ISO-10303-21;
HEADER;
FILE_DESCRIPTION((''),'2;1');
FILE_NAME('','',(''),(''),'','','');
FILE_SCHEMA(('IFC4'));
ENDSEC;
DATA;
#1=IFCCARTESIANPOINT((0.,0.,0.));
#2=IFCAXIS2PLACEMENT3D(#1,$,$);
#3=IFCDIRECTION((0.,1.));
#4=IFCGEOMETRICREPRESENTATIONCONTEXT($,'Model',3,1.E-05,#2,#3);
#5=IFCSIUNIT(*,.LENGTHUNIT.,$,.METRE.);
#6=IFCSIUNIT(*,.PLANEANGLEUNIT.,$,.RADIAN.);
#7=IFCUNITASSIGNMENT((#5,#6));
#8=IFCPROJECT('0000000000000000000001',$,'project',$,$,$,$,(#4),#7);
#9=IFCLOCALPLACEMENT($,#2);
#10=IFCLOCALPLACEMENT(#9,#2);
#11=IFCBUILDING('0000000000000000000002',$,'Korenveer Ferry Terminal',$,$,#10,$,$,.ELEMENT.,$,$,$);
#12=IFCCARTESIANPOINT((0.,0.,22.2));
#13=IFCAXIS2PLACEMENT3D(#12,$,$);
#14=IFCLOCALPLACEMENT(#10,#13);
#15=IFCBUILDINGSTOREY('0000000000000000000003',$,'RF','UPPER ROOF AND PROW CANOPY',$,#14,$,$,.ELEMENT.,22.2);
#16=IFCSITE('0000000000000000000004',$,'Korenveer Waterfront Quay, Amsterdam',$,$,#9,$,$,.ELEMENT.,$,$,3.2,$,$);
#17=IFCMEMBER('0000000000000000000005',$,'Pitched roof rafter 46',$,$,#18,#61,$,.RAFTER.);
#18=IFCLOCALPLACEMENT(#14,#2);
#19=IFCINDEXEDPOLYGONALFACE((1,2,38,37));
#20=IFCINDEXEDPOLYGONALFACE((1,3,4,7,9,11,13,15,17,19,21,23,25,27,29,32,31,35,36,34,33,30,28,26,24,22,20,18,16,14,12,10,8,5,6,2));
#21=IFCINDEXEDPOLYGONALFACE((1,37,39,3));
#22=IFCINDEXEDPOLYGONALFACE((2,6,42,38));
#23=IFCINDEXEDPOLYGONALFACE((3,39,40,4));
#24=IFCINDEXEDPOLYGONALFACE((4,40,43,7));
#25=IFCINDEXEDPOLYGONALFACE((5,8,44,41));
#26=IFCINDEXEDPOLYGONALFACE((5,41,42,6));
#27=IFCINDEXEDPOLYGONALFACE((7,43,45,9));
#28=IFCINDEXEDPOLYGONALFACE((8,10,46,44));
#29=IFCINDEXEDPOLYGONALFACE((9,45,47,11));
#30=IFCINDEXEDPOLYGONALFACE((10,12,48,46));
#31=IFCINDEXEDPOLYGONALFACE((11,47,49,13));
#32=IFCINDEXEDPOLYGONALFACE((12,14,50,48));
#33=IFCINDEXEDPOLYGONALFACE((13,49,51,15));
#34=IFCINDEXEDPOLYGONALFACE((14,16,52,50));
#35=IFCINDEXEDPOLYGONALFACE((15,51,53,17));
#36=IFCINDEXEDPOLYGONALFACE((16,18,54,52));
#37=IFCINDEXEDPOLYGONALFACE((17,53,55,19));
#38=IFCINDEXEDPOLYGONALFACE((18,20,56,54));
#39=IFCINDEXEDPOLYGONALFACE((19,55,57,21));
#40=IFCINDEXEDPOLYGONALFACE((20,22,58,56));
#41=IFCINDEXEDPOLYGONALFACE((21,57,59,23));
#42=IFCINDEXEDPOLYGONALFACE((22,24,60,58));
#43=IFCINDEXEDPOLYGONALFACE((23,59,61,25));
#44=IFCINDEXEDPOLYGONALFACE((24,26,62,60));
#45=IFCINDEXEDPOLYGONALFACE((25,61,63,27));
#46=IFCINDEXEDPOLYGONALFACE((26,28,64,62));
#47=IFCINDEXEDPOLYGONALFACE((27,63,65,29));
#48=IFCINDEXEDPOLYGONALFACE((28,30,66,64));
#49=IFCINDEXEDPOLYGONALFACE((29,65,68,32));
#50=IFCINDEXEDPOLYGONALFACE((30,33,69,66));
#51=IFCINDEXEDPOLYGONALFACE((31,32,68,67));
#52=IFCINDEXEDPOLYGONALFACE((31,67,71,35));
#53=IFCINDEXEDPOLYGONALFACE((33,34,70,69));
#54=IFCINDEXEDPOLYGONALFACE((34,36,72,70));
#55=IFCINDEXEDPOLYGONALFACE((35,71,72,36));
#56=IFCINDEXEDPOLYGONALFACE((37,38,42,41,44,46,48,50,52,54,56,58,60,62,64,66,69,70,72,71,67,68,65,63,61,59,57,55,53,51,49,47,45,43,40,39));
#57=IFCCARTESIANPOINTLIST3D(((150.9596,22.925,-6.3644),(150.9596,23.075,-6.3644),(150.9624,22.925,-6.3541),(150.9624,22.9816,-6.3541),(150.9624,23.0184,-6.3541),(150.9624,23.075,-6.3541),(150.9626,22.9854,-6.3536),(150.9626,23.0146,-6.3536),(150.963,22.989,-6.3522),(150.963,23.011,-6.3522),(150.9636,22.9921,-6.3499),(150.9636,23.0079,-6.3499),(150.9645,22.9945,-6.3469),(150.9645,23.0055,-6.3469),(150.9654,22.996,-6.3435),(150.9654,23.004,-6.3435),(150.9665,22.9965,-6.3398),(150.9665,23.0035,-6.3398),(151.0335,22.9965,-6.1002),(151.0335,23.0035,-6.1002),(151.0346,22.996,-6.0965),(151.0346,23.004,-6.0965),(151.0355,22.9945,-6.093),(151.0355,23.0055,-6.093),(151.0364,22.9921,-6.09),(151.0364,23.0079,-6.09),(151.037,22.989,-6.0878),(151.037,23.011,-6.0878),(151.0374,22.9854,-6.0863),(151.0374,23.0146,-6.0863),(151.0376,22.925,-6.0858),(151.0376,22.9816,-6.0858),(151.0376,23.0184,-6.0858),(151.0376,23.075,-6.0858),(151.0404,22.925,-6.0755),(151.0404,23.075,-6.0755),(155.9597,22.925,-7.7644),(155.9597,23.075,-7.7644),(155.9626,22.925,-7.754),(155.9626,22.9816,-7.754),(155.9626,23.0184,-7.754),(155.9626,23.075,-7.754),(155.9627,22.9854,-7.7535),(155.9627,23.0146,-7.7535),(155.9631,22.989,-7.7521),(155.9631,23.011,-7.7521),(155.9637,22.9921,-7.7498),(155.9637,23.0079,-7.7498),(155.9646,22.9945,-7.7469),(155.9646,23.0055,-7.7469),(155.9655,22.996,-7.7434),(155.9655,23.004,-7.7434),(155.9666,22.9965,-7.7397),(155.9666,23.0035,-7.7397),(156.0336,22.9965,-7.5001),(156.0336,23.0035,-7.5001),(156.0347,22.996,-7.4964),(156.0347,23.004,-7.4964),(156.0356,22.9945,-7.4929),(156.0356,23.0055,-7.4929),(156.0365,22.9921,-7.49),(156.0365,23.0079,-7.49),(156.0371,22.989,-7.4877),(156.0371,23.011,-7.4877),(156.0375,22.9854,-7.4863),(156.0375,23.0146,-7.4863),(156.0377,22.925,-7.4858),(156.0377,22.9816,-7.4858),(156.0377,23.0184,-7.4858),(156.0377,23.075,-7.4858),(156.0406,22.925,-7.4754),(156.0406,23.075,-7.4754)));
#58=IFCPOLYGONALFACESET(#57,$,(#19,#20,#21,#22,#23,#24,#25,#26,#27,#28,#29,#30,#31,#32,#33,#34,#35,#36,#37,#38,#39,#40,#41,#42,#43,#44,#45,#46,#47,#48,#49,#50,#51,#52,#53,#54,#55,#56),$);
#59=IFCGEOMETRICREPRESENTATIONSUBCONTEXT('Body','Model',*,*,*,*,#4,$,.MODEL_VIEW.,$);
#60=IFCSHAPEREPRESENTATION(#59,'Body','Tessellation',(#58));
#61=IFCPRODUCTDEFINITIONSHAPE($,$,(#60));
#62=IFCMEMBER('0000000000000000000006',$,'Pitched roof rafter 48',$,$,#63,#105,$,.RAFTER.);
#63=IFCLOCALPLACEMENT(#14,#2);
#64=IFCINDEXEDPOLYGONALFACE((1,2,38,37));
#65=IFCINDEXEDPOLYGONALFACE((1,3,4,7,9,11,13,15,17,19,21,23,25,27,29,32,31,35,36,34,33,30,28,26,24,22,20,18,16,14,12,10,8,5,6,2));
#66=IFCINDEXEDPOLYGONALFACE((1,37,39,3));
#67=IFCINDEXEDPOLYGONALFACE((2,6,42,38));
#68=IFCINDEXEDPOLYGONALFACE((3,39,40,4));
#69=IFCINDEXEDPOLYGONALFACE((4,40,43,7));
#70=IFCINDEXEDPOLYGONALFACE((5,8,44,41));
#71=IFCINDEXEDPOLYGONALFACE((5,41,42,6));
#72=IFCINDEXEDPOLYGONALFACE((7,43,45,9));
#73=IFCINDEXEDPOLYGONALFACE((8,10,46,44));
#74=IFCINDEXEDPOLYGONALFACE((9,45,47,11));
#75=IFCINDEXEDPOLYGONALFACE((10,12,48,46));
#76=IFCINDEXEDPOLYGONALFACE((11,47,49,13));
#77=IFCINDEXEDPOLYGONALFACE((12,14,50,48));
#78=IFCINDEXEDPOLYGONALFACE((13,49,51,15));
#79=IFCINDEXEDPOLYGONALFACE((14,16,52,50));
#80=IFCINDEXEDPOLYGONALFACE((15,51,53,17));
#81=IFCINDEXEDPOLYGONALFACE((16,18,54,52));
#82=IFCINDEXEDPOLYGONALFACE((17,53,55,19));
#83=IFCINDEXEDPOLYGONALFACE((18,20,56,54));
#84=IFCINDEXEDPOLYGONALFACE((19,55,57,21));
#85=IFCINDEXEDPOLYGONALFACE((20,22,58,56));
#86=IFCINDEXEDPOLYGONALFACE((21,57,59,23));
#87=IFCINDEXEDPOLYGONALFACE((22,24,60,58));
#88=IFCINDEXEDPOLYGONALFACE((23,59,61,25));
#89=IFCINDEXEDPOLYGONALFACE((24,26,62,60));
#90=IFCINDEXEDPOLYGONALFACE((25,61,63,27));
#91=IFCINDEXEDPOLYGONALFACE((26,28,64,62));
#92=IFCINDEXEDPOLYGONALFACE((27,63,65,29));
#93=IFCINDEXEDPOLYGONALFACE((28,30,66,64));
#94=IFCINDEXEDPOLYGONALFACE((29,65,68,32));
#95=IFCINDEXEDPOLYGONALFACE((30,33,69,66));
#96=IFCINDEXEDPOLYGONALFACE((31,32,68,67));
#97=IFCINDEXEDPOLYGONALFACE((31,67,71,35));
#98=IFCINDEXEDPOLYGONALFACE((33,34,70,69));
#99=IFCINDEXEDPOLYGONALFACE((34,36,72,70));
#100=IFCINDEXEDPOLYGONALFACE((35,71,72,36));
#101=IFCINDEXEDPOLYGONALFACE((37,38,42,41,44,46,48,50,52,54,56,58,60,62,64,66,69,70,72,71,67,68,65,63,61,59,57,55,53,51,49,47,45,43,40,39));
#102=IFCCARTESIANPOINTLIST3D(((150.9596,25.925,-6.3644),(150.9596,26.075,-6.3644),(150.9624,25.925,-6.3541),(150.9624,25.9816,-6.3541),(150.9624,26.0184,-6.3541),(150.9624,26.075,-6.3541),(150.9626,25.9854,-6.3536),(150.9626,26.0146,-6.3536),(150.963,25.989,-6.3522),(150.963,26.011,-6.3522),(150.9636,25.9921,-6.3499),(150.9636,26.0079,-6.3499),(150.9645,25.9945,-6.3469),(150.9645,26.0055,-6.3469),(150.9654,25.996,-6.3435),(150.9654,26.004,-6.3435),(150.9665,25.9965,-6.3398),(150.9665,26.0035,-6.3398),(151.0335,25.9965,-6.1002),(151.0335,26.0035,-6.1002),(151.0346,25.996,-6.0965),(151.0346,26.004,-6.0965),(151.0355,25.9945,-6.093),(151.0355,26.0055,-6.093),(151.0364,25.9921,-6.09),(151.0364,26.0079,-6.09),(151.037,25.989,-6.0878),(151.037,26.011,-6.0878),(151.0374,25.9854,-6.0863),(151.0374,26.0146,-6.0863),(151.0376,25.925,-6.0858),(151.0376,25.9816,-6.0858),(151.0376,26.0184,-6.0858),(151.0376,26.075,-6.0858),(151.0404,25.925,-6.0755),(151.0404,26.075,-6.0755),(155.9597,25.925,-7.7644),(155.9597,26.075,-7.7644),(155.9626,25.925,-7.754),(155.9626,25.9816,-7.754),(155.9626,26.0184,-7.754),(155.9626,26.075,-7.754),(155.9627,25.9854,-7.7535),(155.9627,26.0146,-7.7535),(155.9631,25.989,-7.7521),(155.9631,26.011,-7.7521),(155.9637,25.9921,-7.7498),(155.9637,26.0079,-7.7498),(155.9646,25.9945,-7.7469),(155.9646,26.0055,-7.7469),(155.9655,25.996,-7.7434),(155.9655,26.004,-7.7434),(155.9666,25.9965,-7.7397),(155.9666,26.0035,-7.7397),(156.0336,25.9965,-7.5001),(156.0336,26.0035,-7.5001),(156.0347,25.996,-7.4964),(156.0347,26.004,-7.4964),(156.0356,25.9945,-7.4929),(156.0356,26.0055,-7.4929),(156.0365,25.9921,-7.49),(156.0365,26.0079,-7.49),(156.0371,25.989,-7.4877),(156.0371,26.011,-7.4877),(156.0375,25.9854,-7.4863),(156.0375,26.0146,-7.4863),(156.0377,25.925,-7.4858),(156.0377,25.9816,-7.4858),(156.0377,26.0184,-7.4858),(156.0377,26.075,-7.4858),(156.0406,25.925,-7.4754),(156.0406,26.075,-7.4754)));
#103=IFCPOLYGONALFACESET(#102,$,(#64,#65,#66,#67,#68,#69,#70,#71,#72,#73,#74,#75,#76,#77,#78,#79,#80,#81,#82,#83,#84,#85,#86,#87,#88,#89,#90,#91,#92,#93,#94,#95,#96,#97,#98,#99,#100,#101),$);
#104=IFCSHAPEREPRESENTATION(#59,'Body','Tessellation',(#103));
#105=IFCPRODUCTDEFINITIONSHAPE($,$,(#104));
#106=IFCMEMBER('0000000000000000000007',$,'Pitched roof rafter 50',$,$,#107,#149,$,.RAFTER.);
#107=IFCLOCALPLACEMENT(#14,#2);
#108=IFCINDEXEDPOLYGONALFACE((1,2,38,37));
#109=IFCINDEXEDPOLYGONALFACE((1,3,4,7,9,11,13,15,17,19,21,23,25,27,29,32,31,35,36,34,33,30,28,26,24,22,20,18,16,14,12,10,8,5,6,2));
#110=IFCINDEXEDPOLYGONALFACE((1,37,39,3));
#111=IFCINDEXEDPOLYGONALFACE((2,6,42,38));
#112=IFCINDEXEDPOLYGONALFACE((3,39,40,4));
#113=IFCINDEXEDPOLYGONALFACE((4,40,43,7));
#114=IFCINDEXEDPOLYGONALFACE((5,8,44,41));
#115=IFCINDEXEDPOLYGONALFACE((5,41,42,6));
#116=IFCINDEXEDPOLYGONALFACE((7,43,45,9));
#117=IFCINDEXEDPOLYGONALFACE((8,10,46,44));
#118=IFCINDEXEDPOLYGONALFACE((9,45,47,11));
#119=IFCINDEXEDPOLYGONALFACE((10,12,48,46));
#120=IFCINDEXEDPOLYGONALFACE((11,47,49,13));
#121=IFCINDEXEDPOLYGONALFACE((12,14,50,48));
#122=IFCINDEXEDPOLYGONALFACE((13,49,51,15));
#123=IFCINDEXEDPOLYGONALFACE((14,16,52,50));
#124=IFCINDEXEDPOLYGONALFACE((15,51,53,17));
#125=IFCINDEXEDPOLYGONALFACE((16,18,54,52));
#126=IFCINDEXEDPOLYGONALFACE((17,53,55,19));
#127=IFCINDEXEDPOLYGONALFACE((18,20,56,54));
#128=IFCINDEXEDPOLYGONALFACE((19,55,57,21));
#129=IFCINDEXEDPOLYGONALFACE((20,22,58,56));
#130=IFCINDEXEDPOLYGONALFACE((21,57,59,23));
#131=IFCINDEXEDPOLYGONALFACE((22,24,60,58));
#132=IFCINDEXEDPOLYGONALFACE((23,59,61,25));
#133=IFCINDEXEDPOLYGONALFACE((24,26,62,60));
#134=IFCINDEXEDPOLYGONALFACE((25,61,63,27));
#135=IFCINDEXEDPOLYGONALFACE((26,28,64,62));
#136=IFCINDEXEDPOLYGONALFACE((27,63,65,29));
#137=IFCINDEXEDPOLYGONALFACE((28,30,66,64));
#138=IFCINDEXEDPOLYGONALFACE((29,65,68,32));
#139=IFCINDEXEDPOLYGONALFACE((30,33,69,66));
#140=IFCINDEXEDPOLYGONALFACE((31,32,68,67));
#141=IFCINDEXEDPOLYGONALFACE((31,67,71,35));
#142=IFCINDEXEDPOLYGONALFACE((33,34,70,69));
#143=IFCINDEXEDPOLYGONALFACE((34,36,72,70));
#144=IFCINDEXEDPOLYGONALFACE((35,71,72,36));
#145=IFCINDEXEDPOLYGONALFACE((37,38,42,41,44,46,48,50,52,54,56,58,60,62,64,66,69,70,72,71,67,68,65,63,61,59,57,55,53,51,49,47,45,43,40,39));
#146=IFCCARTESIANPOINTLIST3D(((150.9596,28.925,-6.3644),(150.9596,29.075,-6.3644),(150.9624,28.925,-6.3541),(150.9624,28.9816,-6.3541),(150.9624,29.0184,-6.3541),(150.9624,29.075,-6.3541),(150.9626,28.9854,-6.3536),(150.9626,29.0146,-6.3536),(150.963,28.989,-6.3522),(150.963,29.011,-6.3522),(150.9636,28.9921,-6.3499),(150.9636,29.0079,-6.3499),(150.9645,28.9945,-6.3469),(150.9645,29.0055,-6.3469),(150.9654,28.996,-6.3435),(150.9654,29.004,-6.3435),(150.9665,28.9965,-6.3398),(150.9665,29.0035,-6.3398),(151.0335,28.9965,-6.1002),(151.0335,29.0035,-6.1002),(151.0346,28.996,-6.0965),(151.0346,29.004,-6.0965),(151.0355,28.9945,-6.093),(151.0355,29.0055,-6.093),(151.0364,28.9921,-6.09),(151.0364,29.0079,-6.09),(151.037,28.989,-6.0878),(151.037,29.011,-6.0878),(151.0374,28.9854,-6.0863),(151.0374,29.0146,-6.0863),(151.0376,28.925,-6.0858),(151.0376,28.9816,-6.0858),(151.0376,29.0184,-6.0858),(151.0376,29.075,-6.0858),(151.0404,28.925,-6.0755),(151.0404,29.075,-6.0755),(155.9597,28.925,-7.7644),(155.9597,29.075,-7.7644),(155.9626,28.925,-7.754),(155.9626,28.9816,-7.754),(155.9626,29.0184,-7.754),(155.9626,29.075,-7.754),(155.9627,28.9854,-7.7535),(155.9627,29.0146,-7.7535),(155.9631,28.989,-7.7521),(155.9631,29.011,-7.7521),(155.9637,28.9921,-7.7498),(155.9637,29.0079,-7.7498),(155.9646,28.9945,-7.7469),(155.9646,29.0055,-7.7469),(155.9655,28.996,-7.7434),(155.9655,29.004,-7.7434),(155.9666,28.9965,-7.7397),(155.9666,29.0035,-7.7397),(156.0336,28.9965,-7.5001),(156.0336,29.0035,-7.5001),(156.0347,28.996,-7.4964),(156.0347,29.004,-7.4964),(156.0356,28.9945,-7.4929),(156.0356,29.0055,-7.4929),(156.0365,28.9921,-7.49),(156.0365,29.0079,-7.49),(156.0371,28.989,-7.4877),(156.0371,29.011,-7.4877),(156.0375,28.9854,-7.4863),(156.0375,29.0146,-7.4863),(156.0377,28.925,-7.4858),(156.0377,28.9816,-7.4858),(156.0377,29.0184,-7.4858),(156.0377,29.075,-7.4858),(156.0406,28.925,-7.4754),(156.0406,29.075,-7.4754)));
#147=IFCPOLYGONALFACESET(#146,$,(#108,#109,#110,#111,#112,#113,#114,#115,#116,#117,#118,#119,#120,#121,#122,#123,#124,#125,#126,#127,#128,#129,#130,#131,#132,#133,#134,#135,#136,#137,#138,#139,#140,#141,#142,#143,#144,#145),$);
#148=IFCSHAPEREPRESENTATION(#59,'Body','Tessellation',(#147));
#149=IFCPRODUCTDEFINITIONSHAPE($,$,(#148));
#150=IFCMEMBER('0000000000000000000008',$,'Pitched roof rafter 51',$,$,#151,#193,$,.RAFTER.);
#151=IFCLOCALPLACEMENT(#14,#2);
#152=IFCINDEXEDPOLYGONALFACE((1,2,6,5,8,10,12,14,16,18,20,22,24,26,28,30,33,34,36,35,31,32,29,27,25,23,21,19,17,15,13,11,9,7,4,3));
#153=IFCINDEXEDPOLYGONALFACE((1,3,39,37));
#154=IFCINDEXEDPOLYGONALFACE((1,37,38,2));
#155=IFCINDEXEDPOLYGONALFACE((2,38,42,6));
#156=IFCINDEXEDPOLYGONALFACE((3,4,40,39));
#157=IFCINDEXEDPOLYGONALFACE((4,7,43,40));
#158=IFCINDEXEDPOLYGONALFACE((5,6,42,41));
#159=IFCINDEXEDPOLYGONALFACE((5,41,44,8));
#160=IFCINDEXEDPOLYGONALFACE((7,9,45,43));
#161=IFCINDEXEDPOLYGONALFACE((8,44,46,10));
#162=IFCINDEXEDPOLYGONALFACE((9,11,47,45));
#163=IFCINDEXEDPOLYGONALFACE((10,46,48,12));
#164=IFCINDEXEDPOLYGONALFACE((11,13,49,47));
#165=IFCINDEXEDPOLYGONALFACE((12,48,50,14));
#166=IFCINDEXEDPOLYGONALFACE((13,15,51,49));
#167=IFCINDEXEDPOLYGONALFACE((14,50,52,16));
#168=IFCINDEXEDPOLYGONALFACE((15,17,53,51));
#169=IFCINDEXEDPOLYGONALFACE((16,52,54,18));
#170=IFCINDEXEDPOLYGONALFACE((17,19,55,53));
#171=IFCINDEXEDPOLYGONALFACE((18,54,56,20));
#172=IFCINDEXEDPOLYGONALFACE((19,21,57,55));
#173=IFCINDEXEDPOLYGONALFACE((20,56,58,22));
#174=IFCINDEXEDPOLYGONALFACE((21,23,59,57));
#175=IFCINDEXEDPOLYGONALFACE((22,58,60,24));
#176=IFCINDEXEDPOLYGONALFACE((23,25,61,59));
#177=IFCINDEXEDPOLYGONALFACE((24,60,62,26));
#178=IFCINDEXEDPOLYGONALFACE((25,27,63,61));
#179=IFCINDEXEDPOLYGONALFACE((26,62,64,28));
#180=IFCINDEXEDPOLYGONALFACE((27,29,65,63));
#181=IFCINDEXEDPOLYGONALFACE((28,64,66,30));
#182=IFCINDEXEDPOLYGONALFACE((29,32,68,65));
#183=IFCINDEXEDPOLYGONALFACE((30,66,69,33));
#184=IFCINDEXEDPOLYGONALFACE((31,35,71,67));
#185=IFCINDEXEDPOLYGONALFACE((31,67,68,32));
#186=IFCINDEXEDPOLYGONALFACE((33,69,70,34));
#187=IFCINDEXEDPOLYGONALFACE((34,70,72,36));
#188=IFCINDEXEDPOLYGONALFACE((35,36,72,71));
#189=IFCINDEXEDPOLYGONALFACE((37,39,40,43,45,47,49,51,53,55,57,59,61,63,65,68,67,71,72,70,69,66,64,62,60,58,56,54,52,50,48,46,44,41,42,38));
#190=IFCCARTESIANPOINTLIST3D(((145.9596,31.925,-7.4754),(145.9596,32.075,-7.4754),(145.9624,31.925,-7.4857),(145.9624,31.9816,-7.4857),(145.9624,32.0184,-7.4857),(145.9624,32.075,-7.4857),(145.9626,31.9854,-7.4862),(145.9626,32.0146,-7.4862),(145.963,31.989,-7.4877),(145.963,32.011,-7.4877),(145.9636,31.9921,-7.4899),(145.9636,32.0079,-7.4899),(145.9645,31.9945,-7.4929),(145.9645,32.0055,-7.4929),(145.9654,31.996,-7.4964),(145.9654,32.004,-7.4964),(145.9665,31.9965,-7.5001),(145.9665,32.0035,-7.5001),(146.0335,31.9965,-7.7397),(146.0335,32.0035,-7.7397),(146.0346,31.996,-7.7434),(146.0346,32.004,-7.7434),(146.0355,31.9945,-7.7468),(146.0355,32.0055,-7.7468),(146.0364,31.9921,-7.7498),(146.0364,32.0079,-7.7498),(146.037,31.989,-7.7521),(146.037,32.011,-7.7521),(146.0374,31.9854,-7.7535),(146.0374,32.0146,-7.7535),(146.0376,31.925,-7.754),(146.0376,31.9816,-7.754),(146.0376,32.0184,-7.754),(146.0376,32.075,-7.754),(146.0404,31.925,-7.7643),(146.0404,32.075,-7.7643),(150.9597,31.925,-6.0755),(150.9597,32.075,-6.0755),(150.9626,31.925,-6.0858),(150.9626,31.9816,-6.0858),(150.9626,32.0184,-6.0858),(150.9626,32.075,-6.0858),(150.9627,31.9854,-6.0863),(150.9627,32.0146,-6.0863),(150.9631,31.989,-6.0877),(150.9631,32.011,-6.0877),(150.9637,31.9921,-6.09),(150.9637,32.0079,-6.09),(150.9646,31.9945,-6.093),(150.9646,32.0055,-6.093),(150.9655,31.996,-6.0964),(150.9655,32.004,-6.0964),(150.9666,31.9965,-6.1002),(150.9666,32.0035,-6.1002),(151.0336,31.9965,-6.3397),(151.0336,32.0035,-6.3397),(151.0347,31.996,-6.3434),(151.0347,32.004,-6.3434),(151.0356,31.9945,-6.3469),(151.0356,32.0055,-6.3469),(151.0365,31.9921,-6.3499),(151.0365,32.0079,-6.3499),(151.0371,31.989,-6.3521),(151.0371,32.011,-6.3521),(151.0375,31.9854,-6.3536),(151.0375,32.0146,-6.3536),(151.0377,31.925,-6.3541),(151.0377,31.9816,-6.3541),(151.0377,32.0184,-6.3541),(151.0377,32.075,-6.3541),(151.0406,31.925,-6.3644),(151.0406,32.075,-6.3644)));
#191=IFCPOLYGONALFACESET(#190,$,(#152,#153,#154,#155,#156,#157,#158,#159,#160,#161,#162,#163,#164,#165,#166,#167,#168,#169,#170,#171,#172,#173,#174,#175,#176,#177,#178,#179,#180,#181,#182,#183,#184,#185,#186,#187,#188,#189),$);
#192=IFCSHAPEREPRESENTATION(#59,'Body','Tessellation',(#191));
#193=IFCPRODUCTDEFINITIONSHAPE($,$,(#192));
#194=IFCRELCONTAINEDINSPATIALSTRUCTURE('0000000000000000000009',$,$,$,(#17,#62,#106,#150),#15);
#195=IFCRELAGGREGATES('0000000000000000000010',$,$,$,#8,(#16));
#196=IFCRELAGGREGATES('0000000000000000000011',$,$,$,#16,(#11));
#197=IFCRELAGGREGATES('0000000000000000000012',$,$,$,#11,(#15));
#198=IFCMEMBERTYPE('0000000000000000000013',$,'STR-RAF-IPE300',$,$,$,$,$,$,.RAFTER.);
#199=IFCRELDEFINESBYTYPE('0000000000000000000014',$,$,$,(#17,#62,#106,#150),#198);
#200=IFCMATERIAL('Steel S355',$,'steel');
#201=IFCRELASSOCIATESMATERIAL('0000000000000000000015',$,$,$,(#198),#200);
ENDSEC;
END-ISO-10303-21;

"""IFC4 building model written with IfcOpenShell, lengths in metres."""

from ifc_helpers import new_model, si_unit, direction, frame, origin, origin_2d, place, context, subcontext, project, spatial, i_section, extrude, material, material_profile, profile_set, type_object, element, save


model = new_model("IFC4")

# Units and contexts
model_context = context("Model", 3, precision=1e-05, world=origin(), true_north=direction((0.0, 1.0)))
body_context = subcontext(model_context, "Body", "Model", "MODEL_VIEW")
ifc_project = project(units=[si_unit("LENGTHUNIT", "METRE"), si_unit("PLANEANGLEUNIT", "RADIAN")], contexts=[model_context])

# Site, building, storey
site_placement = place(None, origin())
site = spatial("IfcSite", under=ifc_project, at=site_placement, Name="Korenveer Waterfront Quay, Amsterdam", CompositionType="ELEMENT", RefElevation=3.2)
building_placement = place(site_placement, origin())
building = spatial("IfcBuilding", under=site, at=building_placement, Name="Korenveer Ferry Terminal", CompositionType="ELEMENT")
storey_placement = place(building_placement, frame((0.0, 0.0, 22.2)))
storey = spatial("IfcBuildingStorey", under=building, at=storey_placement, Name="RF", Description="UPPER ROOF AND PROW CANOPY", CompositionType="ELEMENT", Elevation=22.2)

# Members
ifc_material_1 = material(Name="Steel S355", Category="steel")
ifc_material_profile_1 = material_profile(ifc_material_1, i_section(OverallWidth=0.1499, OverallDepth=0.3, WebThickness=0.0071, FlangeThickness=0.0107, FilletRadius=0.0149, at=origin_2d()), Name="IPE 300")
ifc_profile_set_1 = profile_set([ifc_material_profile_1], Name="Steel S355")
member_type_1 = type_object("IfcMemberType", Name="STR-RAF-IPE300", PredefinedType="RAFTER", material=ifc_profile_set_1)
for number, where, z_axis, x_axis, name in (
    (1, (151.0, 23.0, -6.22), (0.962969, 0.0, -0.269612), (0.0, 1.0, 0.0), "Pitched roof rafter 46"),
    (2, (151.0, 26.0, -6.22), (0.962969, 0.0, -0.269612), (0.0, 1.0, 0.0), "Pitched roof rafter 48"),
    (3, (151.0, 29.0, -6.22), (0.962969, 0.0, -0.269612), (0.0, 1.0, 0.0), "Pitched roof rafter 50"),
    (4, (146.0, 32.0, -7.6199), (0.962969, 0.0, 0.269612), (0.0, 1.0, 0.0), "Pitched roof rafter 51"),
):
    element("IfcMember", number, at=place(storey_placement, frame(where, z_axis=z_axis, x_axis=x_axis)), inside=storey, type_object=member_type_1, Name=name, PredefinedType="RAFTER", context=body_context, shape_type="SweptSolid", body=[
        extrude(i_section(OverallWidth=0.1499, OverallDepth=0.3, WebThickness=0.0071, FlangeThickness=0.0107, FilletRadius=0.0149, at=origin_2d()), origin(), (0.0, 0.0, 1.0), 5.1924),
    ])

save(model, "model.ifc")
